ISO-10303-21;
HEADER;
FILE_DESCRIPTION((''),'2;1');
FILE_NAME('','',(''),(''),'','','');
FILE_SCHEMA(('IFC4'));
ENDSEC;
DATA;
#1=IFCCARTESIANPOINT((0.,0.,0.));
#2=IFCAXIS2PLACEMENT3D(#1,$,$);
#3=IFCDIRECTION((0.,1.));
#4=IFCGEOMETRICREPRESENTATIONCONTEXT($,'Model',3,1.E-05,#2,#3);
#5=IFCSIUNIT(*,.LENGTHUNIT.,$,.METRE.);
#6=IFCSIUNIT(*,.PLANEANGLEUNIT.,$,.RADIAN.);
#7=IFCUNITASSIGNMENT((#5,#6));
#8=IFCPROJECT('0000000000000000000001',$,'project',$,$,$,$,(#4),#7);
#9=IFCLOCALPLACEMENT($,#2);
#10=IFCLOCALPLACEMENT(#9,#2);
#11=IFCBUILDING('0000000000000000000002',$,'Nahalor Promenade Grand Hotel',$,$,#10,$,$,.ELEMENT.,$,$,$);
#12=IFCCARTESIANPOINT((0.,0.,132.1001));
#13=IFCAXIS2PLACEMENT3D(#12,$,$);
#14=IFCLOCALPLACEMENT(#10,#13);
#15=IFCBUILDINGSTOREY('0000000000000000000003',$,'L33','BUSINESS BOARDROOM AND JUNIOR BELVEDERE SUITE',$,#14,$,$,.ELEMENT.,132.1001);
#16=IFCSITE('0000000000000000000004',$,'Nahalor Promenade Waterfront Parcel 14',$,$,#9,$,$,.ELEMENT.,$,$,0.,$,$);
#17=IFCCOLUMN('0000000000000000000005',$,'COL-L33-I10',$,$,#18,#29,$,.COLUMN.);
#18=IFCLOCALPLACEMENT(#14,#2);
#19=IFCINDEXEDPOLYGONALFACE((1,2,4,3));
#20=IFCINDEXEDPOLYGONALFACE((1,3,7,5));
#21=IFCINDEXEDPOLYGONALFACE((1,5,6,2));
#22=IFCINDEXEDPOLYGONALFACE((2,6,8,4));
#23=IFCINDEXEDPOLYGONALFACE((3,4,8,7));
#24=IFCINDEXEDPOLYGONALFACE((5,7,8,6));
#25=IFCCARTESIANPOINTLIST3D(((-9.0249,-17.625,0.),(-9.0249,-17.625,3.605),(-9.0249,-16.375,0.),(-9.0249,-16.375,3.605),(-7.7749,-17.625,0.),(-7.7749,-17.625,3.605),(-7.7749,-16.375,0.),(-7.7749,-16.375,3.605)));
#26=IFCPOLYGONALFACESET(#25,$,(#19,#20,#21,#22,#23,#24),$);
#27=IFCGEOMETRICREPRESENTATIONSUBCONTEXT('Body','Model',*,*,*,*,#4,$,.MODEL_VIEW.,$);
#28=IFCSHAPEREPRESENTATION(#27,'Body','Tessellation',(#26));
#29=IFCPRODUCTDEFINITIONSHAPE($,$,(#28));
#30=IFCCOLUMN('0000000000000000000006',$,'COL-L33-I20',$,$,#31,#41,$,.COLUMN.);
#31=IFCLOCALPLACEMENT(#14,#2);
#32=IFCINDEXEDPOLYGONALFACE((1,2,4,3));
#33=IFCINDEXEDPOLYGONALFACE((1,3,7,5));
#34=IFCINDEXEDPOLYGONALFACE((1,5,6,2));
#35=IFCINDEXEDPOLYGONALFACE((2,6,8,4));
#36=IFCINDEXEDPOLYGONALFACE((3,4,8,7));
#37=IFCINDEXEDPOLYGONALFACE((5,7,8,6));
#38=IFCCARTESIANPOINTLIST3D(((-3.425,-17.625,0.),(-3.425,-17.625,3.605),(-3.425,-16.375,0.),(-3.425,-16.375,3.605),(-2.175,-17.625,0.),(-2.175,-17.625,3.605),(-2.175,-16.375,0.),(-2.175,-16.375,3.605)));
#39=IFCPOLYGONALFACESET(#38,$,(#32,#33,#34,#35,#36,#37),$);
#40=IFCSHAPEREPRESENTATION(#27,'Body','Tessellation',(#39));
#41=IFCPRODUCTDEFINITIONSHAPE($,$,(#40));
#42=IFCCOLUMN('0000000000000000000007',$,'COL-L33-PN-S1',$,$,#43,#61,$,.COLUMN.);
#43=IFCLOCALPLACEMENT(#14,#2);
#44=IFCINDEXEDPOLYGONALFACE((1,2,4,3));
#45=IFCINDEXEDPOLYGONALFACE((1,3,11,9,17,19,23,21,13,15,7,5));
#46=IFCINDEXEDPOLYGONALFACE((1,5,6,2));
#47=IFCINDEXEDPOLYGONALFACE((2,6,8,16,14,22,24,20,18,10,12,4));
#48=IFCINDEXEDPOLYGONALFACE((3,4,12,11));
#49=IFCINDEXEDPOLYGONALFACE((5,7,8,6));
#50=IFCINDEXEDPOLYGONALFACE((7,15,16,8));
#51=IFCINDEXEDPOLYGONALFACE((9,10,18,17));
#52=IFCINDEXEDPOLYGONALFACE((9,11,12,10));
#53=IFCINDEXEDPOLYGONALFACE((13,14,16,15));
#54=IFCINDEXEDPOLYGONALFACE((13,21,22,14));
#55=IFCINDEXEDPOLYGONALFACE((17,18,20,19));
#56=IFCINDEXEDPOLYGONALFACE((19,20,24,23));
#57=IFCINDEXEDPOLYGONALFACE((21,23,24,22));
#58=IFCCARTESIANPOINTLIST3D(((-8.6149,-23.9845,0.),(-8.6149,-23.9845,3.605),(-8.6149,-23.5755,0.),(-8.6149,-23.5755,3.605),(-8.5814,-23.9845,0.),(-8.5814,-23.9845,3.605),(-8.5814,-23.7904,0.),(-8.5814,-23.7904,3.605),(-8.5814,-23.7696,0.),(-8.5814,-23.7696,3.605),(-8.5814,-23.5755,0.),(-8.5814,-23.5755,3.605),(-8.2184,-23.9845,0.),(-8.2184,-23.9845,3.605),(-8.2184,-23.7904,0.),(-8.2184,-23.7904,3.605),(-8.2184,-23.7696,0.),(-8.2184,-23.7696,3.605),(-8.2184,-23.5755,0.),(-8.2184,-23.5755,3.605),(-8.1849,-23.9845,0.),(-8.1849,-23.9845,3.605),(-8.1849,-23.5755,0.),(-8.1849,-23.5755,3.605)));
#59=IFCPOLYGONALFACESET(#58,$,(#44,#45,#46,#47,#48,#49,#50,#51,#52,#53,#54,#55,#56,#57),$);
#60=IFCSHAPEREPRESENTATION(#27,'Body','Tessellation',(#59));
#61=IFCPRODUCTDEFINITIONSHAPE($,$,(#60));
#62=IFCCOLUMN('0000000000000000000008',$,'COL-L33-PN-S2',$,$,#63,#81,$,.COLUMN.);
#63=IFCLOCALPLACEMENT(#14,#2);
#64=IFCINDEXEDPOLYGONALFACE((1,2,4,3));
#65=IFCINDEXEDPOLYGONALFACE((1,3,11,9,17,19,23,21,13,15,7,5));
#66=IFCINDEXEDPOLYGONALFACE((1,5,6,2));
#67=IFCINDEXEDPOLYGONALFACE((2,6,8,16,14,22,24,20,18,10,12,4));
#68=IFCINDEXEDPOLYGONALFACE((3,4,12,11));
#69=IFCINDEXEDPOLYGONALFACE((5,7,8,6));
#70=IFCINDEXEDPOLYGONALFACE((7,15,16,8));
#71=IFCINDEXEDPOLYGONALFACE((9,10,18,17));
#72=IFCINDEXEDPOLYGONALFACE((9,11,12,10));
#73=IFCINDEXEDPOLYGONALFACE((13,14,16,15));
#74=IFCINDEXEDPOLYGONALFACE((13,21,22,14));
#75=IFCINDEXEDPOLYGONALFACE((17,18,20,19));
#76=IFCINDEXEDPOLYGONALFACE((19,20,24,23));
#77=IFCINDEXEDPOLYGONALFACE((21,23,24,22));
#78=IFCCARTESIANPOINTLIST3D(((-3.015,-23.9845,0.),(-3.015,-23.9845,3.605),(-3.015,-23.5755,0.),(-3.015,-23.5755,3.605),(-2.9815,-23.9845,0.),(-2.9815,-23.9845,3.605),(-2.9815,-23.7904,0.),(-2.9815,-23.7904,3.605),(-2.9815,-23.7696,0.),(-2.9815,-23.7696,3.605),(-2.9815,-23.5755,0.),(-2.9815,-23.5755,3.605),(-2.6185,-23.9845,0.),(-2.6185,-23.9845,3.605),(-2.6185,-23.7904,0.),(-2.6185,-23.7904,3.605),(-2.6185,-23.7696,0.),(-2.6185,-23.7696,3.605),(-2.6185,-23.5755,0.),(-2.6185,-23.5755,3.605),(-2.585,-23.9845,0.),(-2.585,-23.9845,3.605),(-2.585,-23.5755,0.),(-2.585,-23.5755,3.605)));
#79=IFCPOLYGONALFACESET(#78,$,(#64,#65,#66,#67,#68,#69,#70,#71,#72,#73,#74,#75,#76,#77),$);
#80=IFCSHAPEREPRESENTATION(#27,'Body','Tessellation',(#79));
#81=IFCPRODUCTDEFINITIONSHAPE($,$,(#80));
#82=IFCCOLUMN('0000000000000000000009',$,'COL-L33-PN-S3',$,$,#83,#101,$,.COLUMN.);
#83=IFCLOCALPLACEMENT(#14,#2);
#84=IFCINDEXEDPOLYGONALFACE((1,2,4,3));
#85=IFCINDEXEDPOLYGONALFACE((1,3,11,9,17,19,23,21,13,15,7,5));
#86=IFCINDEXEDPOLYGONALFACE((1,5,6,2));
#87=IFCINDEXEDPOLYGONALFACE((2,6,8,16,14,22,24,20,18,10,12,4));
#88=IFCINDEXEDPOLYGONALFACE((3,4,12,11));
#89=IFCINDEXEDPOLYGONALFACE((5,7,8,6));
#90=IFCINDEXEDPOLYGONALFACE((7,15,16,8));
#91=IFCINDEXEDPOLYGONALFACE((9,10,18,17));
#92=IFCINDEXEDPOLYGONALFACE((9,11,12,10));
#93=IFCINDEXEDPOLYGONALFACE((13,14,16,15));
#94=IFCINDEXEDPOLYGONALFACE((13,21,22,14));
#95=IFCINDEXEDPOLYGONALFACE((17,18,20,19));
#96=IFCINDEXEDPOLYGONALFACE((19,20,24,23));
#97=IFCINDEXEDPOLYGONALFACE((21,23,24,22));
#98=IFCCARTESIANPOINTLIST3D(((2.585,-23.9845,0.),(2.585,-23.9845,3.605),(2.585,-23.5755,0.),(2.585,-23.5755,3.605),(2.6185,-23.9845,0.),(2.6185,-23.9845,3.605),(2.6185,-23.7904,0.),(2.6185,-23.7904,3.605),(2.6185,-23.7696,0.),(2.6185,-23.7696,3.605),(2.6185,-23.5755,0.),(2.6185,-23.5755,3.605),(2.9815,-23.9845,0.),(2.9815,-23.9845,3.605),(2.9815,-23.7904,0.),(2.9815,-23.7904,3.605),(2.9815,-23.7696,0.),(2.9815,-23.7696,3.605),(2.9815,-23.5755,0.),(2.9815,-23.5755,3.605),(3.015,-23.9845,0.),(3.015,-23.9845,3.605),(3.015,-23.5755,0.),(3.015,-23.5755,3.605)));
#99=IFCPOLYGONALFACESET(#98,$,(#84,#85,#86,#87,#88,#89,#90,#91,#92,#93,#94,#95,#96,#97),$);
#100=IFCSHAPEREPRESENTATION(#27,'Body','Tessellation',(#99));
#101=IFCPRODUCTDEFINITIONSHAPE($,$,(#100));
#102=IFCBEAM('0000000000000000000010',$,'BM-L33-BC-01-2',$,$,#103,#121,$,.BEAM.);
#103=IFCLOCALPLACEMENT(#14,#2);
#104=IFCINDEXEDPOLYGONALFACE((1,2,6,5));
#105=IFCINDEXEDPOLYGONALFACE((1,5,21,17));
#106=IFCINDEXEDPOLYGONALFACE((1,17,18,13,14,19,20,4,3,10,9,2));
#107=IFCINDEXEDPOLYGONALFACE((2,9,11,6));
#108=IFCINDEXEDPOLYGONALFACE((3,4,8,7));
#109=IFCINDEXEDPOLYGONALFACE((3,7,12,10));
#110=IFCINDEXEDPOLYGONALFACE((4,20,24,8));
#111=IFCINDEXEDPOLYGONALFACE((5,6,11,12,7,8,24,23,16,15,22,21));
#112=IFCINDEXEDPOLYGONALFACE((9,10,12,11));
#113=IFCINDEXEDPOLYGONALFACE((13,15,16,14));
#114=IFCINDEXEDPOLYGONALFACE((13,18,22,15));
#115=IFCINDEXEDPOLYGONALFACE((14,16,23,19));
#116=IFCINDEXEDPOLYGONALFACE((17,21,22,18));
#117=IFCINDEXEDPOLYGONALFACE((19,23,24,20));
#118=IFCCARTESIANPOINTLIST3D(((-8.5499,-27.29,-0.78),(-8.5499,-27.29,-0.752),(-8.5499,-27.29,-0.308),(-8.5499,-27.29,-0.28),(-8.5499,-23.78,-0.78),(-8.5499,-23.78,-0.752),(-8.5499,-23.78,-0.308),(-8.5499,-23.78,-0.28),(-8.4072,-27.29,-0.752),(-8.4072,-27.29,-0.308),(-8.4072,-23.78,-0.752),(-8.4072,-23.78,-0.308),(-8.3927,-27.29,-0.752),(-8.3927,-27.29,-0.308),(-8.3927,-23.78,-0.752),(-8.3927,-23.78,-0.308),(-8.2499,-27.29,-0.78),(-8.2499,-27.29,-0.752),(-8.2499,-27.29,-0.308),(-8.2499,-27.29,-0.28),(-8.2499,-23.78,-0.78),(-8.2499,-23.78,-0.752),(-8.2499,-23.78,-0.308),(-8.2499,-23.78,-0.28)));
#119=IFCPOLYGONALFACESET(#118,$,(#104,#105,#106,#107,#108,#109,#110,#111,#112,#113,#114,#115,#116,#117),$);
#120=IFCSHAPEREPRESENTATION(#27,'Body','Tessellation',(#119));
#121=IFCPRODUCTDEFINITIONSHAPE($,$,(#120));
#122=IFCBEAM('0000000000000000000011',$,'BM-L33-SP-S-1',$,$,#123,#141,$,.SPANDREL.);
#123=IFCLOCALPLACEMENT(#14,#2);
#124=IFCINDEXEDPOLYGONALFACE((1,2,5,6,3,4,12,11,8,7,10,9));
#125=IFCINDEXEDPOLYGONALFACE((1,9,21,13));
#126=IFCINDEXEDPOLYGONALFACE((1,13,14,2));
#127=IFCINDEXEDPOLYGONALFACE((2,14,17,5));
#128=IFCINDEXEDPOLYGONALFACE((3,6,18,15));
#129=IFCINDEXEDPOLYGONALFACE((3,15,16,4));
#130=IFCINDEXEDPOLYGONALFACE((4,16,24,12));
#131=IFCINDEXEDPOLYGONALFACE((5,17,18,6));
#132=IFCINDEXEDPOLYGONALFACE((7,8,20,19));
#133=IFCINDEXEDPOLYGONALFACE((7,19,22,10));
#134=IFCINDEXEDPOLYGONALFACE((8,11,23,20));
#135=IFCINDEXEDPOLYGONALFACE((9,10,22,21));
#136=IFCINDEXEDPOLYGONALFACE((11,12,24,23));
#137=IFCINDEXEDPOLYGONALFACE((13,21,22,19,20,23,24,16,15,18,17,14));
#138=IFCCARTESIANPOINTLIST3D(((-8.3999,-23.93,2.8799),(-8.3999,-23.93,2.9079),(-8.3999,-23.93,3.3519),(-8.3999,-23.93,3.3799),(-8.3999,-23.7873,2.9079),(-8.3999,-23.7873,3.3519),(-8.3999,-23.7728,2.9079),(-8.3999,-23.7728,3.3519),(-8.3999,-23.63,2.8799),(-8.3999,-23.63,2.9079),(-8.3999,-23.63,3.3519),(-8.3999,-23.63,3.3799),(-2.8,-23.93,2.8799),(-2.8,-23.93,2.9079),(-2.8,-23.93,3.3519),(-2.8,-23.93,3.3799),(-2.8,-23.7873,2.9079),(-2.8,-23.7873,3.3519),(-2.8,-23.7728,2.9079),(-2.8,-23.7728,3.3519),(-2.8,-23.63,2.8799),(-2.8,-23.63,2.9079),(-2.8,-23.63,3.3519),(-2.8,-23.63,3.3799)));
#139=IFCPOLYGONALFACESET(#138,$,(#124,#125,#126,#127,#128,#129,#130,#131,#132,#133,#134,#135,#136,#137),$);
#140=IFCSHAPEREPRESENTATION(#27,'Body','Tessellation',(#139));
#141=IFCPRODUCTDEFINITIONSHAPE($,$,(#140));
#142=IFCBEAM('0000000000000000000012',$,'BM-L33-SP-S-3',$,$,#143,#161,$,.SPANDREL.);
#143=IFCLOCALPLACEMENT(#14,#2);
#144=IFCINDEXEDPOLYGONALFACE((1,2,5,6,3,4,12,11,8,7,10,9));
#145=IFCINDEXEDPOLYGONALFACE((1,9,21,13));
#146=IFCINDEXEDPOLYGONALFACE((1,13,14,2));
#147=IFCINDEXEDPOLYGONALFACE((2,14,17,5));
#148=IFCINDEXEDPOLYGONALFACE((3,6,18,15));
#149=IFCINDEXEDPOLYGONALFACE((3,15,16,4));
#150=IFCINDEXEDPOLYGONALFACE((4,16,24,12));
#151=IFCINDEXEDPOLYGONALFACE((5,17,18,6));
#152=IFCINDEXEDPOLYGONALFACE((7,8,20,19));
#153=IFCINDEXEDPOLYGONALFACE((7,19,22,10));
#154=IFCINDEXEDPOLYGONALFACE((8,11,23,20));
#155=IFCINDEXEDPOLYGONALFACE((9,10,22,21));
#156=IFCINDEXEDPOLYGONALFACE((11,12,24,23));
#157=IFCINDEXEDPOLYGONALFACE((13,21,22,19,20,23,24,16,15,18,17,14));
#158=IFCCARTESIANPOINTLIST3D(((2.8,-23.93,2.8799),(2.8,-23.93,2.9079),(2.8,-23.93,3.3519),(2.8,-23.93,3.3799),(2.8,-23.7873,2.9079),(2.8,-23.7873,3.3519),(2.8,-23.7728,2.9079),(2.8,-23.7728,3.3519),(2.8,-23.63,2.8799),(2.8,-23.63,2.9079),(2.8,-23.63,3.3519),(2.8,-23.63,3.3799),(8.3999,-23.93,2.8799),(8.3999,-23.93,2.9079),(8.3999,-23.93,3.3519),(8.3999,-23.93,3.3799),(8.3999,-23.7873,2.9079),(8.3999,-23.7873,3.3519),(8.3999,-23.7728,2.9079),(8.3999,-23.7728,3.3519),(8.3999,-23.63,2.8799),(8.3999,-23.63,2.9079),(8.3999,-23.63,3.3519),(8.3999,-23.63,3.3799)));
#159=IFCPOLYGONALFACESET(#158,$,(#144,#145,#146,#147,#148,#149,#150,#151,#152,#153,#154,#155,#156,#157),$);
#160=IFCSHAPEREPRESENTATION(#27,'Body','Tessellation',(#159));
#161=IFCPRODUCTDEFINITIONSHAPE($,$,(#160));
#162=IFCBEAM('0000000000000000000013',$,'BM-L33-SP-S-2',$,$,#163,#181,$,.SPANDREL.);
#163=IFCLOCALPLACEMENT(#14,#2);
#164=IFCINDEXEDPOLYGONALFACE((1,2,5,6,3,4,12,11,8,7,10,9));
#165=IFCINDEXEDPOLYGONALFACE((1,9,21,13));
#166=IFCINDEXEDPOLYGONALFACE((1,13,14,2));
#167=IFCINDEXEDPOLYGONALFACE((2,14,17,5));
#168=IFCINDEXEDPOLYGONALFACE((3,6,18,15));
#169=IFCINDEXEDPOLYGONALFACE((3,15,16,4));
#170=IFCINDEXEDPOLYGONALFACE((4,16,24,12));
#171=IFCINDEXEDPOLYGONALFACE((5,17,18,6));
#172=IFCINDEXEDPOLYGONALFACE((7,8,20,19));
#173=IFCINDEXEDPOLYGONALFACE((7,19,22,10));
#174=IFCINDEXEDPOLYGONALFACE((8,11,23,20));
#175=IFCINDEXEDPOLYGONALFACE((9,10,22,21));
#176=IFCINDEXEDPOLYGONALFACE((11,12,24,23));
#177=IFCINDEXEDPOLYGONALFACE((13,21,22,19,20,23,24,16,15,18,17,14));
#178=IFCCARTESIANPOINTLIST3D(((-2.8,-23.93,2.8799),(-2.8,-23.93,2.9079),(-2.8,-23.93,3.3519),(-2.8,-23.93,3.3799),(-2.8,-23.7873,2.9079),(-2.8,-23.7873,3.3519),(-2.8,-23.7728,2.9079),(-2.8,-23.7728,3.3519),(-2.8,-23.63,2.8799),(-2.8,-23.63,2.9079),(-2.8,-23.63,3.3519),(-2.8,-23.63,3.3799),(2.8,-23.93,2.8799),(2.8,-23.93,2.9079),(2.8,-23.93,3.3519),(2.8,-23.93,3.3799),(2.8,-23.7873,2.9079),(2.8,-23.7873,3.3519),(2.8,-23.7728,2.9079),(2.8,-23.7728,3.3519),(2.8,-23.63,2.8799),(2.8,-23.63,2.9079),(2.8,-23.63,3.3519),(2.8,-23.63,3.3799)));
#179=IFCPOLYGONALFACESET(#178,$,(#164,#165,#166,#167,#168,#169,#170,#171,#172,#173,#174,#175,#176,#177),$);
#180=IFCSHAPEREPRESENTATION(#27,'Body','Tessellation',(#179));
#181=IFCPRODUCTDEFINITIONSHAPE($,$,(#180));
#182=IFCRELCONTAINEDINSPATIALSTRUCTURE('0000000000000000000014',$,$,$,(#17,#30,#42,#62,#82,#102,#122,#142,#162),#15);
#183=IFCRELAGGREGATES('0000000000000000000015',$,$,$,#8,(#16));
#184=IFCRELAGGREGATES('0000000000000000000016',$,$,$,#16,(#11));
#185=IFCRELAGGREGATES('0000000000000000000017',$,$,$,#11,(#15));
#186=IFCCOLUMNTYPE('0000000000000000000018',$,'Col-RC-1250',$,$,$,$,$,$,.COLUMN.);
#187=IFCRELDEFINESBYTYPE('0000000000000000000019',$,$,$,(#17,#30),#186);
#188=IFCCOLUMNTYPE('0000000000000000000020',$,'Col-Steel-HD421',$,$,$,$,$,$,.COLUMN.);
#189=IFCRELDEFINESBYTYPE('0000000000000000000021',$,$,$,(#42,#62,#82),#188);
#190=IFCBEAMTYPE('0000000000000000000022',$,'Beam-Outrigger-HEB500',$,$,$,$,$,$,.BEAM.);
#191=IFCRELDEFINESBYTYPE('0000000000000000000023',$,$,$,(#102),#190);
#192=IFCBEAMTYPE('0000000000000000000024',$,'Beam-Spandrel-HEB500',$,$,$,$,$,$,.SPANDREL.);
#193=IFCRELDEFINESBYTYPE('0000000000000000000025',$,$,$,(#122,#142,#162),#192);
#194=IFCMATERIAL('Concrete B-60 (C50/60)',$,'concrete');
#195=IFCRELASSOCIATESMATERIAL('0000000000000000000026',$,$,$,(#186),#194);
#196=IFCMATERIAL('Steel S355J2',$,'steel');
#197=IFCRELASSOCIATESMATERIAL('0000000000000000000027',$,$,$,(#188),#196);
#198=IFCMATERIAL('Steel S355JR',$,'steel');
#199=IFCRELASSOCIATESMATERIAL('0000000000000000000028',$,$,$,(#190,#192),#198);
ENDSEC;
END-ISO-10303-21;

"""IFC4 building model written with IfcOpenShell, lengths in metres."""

from ifc_helpers import new_model, si_unit, direction, frame, origin, origin_2d, place, context, subcontext, project, spatial, rectangle, i_section, extrude, source, transform, mapped, material, material_profile, profile_set, type_object, element, save


model = new_model("IFC4")

# Units and contexts
model_context = context("Model", 3, precision=1e-05, world=origin(), true_north=direction((0.0, 1.0)))
body_context = subcontext(model_context, "Body", "Model", "MODEL_VIEW")
ifc_project = project(units=[si_unit("LENGTHUNIT", "METRE"), si_unit("PLANEANGLEUNIT", "RADIAN")], contexts=[model_context])

# Site, building, storey
site_placement = place(None, origin())
site = spatial("IfcSite", under=ifc_project, at=site_placement, Name="Nahalor Promenade Waterfront Parcel 14", CompositionType="ELEMENT", RefElevation=0.0)
building_placement = place(site_placement, origin())
building = spatial("IfcBuilding", under=site, at=building_placement, Name="Nahalor Promenade Grand Hotel", CompositionType="ELEMENT")
storey_placement = place(building_placement, frame((0.0, 0.0, 132.1001)))
storey = spatial("IfcBuildingStorey", under=building, at=storey_placement, Name="L33", Description="BUSINESS BOARDROOM AND JUNIOR BELVEDERE SUITE", CompositionType="ELEMENT", Elevation=132.1001)

# Columns
ifc_material_1 = material(Name="Concrete B-60 (C50/60)", Category="concrete")
ifc_material_profile_1 = material_profile(ifc_material_1, rectangle(XDim=1.25, YDim=1.25, at=origin_2d()), Name="RC 1250x1250")
ifc_profile_set_1 = profile_set([ifc_material_profile_1], Name="Concrete B-60 (C50/60)")
column_type_1 = type_object("IfcColumnType", Name="Col-RC-1250", PredefinedType="COLUMN", material=ifc_profile_set_1)
shared_shape_1 = source(origin(), body_context, "Body", "SweptSolid", [
    extrude(rectangle(XDim=1.25, YDim=1.25, at=origin_2d()), origin(), (0.0, 0.0, 1.0), 3.605),
])
for number, where, z_axis, x_axis, name in (
    (1, (-8.3999, -17.0, 0.0), (0.0, 0.0, 1.0), (1.0, 0.0, 0.0), "COL-L33-I10"),
    (2, (-2.8, -17.0, 0.0), (0.0, 0.0, 1.0), (1.0, 0.0, 0.0), "COL-L33-I20"),
):
    element("IfcColumn", number, at=place(storey_placement, frame(where, z_axis=z_axis, x_axis=x_axis)), inside=storey, type_object=column_type_1, Name=name, PredefinedType="COLUMN", context=body_context, shape_type="MappedRepresentation", body=[
        mapped(shared_shape_1, transform((0.0, 0.0, 0.0), scale=1.0)),
    ])
ifc_material_2 = material(Name="Steel S355J2", Category="steel")
ifc_material_profile_2 = material_profile(ifc_material_2, i_section(OverallWidth=0.409, OverallDepth=0.43, WebThickness=0.0208, FlangeThickness=0.0335, at=origin_2d()), Name="HD 400x421")
ifc_profile_set_2 = profile_set([ifc_material_profile_2], Name="Steel S355J2")
column_type_2 = type_object("IfcColumnType", Name="Col-Steel-HD421", PredefinedType="COLUMN", material=ifc_profile_set_2)
shared_shape_2 = source(origin(), body_context, "Body", "SweptSolid", [
    extrude(i_section(OverallWidth=0.409, OverallDepth=0.43, WebThickness=0.0208, FlangeThickness=0.0335, at=origin_2d()), origin(), (0.0, 0.0, 1.0), 3.605),
])
for number, where, z_axis, x_axis, name in (
    (3, (-8.3999, -23.78, 0.0), (0.0, 0.0, 1.0), (0.0, 1.0, 0.0), "COL-L33-PN-S1"),
    (4, (-2.8, -23.78, 0.0), (0.0, 0.0, 1.0), (0.0, 1.0, 0.0), "COL-L33-PN-S2"),
    (5, (2.8, -23.78, 0.0), (0.0, 0.0, 1.0), (0.0, 1.0, 0.0), "COL-L33-PN-S3"),
):
    element("IfcColumn", number, at=place(storey_placement, frame(where, z_axis=z_axis, x_axis=x_axis)), inside=storey, type_object=column_type_2, Name=name, PredefinedType="COLUMN", context=body_context, shape_type="MappedRepresentation", body=[
        mapped(shared_shape_2, transform((0.0, 0.0, 0.0), scale=1.0)),
    ])

# Beams
ifc_material_3 = material(Name="Steel S355JR", Category="steel")
ifc_material_profile_3 = material_profile(ifc_material_3, i_section(OverallWidth=0.3, OverallDepth=0.5, WebThickness=0.0145, FlangeThickness=0.028, at=origin_2d()), Name="HEB 500")
ifc_profile_set_3 = profile_set([ifc_material_profile_3], Name="Steel S355JR")
beam_type_1 = type_object("IfcBeamType", Name="Beam-Outrigger-HEB500", PredefinedType="BEAM", material=ifc_profile_set_3)
shared_shape_3 = source(origin(), body_context, "Body", "SweptSolid", [
    extrude(i_section(OverallWidth=0.3, OverallDepth=0.5, WebThickness=0.0145, FlangeThickness=0.028, at=origin_2d()), origin(), (0.0, 0.0, 1.0), 3.51),
])
beam_1_placement = place(storey_placement, frame((-8.3999, -27.29, -0.53), z_axis=(0.0, 1.0, 0.0), x_axis=(-1.0, 0.0, 0.0)))
element("IfcBeam", 6, at=beam_1_placement, inside=storey, type_object=beam_type_1, Name="BM-L33-BC-01-2", PredefinedType="BEAM", context=body_context, shape_type="MappedRepresentation", body=[
    mapped(shared_shape_3, transform((0.0, 0.0, 0.0), scale=1.0)),
])
ifc_material_profile_4 = material_profile(ifc_material_3, i_section(OverallWidth=0.3, OverallDepth=0.5, WebThickness=0.0145, FlangeThickness=0.028, at=origin_2d()), Name="HEB 500")
ifc_profile_set_4 = profile_set([ifc_material_profile_4], Name="Steel S355JR")
beam_type_2 = type_object("IfcBeamType", Name="Beam-Spandrel-HEB500", PredefinedType="SPANDREL", material=ifc_profile_set_4)
shared_shape_4 = source(origin(), body_context, "Body", "SweptSolid", [
    extrude(i_section(OverallWidth=0.3, OverallDepth=0.5, WebThickness=0.0145, FlangeThickness=0.028, at=origin_2d()), origin(), (0.0, 0.0, 1.0), 5.5999),
])
for number, where, z_axis, x_axis, name in (
    (7, (-8.3999, -23.78, 3.1299), (1.0, 0.0, 0.0), (0.0, 1.0, 0.0), "BM-L33-SP-S-1"),
    (8, (2.8, -23.78, 3.1299), (1.0, 0.0, 0.0), (0.0, 1.0, 0.0), "BM-L33-SP-S-3"),
):
    element("IfcBeam", number, at=place(storey_placement, frame(where, z_axis=z_axis, x_axis=x_axis)), inside=storey, type_object=beam_type_2, Name=name, PredefinedType="SPANDREL", context=body_context, shape_type="MappedRepresentation", body=[
        mapped(shared_shape_4, transform((0.0, 0.0, 0.0), scale=1.0)),
    ])
shared_shape_5 = source(origin(), body_context, "Body", "SweptSolid", [
    extrude(i_section(OverallWidth=0.3, OverallDepth=0.5, WebThickness=0.0145, FlangeThickness=0.028, at=origin_2d()), origin(), (0.0, 0.0, 1.0), 5.6001),
])
beam_2_placement = place(storey_placement, frame((-2.8, -23.78, 3.1299), z_axis=(1.0, 0.0, 0.0), x_axis=(0.0, 1.0, 0.0)))
element("IfcBeam", 9, at=beam_2_placement, inside=storey, type_object=beam_type_2, Name="BM-L33-SP-S-2", PredefinedType="SPANDREL", context=body_context, shape_type="MappedRepresentation", body=[
    mapped(shared_shape_5, transform((0.0, 0.0, 0.0), scale=1.0)),
])

save(model, "model.ifc")
